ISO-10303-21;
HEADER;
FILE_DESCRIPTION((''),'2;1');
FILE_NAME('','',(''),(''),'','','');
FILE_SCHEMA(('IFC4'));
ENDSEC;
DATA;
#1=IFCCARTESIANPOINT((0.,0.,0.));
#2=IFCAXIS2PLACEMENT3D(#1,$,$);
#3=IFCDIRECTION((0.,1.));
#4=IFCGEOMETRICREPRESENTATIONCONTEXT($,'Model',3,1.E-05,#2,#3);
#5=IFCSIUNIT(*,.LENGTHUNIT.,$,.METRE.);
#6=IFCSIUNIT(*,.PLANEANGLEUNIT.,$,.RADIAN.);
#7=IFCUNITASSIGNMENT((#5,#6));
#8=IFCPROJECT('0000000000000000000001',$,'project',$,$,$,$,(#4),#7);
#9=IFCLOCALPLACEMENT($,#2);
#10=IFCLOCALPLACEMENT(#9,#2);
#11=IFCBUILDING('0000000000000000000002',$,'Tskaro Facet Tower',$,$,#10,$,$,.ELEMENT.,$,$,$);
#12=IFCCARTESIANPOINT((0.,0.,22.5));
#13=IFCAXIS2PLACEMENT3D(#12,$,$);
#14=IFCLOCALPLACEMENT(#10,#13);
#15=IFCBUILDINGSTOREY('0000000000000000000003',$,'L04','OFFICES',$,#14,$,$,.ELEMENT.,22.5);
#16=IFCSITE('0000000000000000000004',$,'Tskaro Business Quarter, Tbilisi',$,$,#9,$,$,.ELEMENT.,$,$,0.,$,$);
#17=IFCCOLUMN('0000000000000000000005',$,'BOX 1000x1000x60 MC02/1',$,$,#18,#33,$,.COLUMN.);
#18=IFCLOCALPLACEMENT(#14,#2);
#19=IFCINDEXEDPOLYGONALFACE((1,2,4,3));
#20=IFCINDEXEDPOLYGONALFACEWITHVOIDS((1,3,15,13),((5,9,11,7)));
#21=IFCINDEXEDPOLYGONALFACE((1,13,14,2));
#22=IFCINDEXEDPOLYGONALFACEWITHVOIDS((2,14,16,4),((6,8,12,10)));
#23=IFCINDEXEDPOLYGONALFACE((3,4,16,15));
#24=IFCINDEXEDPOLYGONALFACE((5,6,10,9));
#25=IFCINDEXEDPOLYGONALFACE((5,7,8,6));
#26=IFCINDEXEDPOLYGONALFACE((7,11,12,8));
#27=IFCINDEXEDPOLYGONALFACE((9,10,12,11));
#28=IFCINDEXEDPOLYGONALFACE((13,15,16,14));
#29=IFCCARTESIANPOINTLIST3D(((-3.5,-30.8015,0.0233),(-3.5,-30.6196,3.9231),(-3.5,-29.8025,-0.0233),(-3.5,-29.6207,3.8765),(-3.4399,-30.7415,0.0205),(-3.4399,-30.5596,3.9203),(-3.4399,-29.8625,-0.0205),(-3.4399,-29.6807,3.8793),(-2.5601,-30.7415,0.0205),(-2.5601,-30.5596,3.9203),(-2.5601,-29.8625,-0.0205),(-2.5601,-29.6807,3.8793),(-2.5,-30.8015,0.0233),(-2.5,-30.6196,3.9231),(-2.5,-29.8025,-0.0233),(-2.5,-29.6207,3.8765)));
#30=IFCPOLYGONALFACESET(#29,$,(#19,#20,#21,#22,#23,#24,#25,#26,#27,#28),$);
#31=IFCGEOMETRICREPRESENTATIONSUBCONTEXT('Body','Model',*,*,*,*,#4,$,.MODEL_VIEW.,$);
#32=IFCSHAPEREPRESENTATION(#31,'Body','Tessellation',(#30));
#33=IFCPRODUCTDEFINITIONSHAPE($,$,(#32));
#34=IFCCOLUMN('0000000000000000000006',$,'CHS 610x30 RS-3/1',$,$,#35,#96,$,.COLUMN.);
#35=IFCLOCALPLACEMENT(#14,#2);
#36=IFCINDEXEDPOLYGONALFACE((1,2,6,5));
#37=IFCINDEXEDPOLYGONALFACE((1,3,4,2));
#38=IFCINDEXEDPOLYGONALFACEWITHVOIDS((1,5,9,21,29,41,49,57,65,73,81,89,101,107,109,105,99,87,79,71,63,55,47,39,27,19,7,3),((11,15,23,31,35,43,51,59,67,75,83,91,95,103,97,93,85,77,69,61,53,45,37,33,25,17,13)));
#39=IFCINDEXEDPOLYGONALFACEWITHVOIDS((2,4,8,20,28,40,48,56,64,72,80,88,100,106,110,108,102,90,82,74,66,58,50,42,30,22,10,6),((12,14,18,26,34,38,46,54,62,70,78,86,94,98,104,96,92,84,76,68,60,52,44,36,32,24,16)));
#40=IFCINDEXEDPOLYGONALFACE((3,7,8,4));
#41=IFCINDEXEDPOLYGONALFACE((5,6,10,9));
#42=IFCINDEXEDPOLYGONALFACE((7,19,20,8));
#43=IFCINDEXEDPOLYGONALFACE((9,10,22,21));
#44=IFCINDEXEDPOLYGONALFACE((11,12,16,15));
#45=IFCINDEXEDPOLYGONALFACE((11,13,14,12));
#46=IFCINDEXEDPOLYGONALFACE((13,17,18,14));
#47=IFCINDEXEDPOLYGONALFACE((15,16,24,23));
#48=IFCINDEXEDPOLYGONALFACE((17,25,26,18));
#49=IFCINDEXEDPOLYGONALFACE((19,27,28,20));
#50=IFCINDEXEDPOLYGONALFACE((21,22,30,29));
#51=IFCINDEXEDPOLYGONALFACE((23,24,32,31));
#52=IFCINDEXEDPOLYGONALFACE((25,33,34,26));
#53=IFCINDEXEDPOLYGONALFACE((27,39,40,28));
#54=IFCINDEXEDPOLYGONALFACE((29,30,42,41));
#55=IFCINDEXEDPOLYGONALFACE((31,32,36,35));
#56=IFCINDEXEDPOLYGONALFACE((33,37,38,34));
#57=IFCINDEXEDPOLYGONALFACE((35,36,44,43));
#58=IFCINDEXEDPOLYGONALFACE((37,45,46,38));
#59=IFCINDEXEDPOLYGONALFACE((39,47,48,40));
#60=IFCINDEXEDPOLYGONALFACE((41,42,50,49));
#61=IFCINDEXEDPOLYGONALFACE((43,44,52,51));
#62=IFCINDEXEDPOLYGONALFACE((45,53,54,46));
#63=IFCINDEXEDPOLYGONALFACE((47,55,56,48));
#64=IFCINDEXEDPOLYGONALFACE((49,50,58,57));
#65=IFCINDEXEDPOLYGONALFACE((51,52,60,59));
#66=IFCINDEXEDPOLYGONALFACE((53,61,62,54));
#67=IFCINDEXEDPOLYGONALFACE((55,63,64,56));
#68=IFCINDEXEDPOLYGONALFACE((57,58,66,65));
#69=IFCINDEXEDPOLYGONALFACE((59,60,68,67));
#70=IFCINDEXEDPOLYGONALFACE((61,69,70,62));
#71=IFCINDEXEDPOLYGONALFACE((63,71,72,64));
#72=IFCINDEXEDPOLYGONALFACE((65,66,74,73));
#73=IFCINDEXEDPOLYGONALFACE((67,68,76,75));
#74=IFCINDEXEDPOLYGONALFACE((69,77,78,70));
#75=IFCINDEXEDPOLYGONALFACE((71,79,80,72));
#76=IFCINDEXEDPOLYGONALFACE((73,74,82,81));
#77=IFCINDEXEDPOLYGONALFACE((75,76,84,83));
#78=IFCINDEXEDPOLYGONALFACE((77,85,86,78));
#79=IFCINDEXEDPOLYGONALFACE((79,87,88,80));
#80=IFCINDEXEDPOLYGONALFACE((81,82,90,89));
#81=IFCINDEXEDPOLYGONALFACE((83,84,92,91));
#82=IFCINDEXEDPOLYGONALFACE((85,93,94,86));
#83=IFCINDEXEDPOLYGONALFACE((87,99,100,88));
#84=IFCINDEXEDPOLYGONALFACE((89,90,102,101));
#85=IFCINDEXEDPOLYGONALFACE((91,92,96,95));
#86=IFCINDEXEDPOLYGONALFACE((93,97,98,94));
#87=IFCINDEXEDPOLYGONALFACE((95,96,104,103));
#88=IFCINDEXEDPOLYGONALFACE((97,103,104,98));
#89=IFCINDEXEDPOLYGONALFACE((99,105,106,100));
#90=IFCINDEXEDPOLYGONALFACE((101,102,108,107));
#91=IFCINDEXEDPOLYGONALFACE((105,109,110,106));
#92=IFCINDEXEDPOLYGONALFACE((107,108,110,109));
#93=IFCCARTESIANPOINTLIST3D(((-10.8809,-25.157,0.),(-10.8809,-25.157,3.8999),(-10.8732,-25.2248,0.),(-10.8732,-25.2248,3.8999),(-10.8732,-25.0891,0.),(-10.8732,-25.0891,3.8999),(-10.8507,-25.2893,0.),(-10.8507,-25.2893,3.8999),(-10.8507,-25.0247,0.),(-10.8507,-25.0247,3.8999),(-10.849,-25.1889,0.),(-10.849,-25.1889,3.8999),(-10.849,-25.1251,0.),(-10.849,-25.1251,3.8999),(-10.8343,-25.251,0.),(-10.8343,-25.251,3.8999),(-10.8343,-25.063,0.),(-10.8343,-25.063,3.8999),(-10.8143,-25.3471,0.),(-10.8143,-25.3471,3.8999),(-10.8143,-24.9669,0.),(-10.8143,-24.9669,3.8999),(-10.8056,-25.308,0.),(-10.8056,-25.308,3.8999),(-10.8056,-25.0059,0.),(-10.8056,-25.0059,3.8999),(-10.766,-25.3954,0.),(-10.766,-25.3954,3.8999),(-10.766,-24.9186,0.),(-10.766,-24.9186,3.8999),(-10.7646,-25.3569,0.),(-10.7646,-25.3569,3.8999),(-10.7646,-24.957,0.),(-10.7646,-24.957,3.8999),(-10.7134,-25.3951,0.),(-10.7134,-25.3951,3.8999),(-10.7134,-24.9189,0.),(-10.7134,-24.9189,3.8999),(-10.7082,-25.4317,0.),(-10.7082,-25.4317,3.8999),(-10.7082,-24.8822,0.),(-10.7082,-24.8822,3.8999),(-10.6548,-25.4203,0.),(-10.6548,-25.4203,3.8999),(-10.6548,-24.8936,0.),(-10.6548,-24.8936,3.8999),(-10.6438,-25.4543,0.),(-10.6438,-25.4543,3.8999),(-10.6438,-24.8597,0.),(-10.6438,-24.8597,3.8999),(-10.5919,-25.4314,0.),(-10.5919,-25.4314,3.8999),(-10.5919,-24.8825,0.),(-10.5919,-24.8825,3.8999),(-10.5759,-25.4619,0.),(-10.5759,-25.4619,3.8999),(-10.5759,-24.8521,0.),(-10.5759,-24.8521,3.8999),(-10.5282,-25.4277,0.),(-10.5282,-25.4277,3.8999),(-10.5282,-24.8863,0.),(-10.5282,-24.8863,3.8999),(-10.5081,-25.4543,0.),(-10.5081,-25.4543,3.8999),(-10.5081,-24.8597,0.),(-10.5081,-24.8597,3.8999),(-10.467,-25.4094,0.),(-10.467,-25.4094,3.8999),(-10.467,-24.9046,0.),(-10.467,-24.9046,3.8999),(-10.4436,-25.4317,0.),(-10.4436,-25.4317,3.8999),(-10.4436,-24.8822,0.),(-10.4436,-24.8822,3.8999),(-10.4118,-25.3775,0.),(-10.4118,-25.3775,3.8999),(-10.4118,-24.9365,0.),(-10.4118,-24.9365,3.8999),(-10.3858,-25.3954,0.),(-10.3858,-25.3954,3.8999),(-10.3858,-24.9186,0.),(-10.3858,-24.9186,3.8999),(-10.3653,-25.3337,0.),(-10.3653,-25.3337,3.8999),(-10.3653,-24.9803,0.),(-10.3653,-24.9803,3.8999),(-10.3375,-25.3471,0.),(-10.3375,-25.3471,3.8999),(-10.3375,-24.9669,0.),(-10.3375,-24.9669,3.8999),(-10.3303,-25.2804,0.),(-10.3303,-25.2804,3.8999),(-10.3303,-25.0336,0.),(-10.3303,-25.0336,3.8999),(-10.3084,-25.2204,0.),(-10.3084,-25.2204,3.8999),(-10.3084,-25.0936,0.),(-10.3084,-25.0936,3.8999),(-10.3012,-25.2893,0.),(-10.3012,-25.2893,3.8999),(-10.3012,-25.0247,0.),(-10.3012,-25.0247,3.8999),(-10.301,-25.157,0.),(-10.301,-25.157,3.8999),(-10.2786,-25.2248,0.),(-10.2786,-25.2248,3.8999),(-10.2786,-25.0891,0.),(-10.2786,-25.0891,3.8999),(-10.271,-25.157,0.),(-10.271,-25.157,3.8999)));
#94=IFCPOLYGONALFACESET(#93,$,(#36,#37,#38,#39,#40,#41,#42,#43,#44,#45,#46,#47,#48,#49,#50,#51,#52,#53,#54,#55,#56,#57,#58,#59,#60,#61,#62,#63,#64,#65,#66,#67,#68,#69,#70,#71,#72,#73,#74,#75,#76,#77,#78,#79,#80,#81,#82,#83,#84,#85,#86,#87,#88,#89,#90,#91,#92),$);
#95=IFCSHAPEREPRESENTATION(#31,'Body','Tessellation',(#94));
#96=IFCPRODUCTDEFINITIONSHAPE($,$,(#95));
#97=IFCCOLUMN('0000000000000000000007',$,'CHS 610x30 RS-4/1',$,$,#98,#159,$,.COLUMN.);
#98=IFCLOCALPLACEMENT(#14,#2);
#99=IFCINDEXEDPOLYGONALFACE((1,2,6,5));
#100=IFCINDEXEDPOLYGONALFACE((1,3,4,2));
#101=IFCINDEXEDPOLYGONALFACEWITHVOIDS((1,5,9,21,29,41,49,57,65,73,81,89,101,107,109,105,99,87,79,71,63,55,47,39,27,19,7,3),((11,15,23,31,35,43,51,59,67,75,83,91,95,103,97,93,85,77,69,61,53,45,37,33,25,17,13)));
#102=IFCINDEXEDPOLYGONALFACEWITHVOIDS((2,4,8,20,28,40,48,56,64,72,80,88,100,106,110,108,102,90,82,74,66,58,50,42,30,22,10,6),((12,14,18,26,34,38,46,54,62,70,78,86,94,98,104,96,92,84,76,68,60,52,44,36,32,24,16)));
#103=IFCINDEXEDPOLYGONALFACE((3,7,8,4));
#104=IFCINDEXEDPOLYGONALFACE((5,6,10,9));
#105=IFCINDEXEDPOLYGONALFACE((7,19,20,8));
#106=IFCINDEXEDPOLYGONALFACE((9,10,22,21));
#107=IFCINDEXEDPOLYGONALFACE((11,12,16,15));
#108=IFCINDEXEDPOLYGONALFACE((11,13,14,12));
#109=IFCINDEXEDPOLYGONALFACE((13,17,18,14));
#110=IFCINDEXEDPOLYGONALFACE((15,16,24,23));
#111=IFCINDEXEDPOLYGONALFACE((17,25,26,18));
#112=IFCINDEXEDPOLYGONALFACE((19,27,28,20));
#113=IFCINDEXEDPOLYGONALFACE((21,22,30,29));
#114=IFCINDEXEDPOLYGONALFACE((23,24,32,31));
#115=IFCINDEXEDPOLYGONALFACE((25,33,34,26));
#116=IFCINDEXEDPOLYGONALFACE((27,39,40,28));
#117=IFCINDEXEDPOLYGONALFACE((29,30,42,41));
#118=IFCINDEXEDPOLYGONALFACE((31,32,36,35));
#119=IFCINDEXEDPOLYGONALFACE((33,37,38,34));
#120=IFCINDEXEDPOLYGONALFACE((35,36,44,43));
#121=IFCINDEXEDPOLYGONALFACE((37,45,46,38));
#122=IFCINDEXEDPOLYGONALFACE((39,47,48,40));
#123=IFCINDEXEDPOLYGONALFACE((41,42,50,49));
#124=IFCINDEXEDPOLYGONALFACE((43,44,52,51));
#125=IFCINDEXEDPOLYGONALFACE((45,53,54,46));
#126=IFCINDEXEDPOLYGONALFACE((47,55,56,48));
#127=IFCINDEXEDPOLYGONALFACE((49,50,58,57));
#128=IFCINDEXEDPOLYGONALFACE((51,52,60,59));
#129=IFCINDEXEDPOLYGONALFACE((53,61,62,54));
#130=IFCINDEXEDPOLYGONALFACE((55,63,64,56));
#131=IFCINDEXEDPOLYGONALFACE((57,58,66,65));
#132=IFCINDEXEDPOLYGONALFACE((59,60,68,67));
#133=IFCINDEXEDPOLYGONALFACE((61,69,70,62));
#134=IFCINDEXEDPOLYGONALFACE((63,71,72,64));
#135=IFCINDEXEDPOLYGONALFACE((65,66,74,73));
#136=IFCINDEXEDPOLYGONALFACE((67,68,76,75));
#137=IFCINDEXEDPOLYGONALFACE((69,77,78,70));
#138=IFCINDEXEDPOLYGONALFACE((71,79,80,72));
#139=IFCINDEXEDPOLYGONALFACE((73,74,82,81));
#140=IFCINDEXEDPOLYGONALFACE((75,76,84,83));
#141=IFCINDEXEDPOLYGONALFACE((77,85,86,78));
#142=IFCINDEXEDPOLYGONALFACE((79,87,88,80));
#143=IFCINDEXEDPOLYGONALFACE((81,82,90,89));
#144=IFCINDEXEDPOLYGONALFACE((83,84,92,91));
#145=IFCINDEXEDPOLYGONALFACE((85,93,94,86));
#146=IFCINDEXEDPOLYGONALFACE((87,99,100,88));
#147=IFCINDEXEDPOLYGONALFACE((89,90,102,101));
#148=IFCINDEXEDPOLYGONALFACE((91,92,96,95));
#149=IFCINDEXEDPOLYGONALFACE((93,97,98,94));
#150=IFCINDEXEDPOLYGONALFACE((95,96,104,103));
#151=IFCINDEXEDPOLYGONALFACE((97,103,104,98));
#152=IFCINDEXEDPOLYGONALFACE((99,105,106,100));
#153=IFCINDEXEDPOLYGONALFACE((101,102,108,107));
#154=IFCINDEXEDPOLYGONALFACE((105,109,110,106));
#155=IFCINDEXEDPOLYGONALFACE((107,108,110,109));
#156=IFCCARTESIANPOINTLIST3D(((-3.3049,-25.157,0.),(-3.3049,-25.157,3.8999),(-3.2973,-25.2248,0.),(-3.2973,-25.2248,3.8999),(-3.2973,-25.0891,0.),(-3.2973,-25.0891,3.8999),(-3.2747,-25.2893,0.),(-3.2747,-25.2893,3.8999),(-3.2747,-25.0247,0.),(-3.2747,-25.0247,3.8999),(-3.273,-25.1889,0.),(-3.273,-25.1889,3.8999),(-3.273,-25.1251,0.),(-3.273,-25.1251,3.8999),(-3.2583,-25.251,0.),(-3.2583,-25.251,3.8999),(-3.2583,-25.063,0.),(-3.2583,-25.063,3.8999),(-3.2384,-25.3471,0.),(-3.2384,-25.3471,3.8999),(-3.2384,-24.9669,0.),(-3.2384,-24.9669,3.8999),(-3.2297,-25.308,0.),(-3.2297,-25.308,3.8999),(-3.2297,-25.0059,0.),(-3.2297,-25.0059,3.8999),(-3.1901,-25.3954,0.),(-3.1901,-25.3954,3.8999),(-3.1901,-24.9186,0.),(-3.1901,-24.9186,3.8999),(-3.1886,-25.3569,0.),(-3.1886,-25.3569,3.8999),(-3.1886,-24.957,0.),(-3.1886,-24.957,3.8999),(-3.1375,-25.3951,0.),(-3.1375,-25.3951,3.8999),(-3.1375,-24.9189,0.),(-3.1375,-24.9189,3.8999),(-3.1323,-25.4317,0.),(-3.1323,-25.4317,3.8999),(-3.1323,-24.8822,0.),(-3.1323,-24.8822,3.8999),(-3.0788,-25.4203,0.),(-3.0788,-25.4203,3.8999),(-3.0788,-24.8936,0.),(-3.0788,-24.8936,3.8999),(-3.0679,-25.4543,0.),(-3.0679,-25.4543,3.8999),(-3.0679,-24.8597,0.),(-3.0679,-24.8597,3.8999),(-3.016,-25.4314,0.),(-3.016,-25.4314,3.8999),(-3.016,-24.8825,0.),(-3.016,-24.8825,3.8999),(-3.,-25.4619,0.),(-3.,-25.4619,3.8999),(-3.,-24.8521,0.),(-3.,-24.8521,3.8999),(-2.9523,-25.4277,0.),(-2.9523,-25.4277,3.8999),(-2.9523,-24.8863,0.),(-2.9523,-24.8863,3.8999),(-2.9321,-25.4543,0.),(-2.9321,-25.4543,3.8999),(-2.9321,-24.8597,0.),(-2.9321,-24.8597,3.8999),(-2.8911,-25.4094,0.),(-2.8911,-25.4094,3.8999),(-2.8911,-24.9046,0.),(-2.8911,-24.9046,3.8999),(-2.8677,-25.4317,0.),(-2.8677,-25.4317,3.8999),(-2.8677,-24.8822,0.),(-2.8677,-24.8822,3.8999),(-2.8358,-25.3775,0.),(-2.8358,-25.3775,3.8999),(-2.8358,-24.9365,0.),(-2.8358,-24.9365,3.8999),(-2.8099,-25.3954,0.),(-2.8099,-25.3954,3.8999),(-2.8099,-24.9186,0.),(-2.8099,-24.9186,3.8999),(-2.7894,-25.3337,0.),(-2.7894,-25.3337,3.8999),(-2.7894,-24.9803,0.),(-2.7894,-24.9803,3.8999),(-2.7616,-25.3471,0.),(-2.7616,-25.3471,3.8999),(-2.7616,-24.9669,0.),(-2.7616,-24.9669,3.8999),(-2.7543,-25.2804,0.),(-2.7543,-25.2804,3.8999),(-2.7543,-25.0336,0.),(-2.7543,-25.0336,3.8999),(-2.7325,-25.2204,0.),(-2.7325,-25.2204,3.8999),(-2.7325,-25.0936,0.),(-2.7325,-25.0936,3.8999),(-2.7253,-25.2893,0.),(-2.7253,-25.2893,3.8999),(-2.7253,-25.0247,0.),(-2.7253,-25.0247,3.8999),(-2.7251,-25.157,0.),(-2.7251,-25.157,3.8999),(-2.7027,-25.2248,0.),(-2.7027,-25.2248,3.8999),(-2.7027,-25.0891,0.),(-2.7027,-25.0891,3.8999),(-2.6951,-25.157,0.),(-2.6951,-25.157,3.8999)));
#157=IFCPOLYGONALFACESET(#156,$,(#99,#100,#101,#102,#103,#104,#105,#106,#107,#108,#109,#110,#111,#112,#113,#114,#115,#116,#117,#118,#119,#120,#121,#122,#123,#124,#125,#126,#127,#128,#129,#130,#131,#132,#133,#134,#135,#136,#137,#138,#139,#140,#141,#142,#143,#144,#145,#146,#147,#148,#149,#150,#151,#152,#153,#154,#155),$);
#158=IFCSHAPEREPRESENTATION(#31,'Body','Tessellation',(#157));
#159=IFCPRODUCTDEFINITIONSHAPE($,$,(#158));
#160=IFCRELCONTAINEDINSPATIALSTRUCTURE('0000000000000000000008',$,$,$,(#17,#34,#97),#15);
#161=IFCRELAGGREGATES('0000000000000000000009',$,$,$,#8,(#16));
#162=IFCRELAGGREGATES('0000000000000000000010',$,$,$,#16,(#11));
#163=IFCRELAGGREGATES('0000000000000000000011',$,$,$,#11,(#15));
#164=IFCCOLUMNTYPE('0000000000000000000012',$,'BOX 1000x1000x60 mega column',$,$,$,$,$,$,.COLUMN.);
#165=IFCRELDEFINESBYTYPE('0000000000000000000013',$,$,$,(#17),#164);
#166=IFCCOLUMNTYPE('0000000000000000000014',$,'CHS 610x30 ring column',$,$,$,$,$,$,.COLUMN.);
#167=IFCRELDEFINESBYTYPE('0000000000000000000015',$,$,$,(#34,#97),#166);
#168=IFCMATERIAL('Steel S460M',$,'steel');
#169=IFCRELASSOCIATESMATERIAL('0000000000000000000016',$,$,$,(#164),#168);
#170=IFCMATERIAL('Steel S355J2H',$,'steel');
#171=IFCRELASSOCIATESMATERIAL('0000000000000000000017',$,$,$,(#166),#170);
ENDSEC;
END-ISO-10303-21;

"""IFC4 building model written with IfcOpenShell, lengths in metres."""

from ifc_helpers import new_model, si_unit, direction, frame, origin, origin_2d, place, context, subcontext, project, spatial, hollow_rectangle, hollow_circle, extrude, material, material_profile, profile_set, type_object, element, save


model = new_model("IFC4")

# Units and contexts
model_context = context("Model", 3, precision=1e-05, world=origin(), true_north=direction((0.0, 1.0)))
body_context = subcontext(model_context, "Body", "Model", "MODEL_VIEW")
ifc_project = project(units=[si_unit("LENGTHUNIT", "METRE"), si_unit("PLANEANGLEUNIT", "RADIAN")], contexts=[model_context])

# Site, building, storey
site_placement = place(None, origin())
site = spatial("IfcSite", under=ifc_project, at=site_placement, Name="Tskaro Business Quarter, Tbilisi", CompositionType="ELEMENT", RefElevation=0.0)
building_placement = place(site_placement, origin())
building = spatial("IfcBuilding", under=site, at=building_placement, Name="Tskaro Facet Tower", CompositionType="ELEMENT")
storey_placement = place(building_placement, frame((0.0, 0.0, 22.5)))
storey = spatial("IfcBuildingStorey", under=building, at=storey_placement, Name="L04", Description="OFFICES", CompositionType="ELEMENT", Elevation=22.5)

# Columns
ifc_material_1 = material(Name="Steel S460M", Category="steel")
ifc_material_profile_1 = material_profile(ifc_material_1, hollow_rectangle(XDim=1.0, YDim=1.0, WallThickness=0.0601, at=origin_2d()), Name="BOX 1000x1000x60")
ifc_profile_set_1 = profile_set([ifc_material_profile_1], Name="Steel S460M")
column_type_1 = type_object("IfcColumnType", Name="BOX 1000x1000x60 mega column", PredefinedType="COLUMN", material=ifc_profile_set_1)
column_1_placement = place(storey_placement, frame((-3.0, -30.302, 0.0), z_axis=(0.0, 0.046588, 0.998914), x_axis=(-1.0, 0.0, 0.0)))
element("IfcColumn", 1, at=column_1_placement, inside=storey, type_object=column_type_1, Name="BOX 1000x1000x60 MC02/1", PredefinedType="COLUMN", context=body_context, shape_type="SweptSolid", body=[
    extrude(hollow_rectangle(XDim=1.0, YDim=1.0, WallThickness=0.0601, at=origin_2d()), origin(), (0.0, 0.0, 1.0), 3.9041),
])
ifc_material_2 = material(Name="Steel S355J2H", Category="steel")
ifc_material_profile_2 = material_profile(ifc_material_2, hollow_circle(Radius=0.3049, WallThickness=0.03, at=origin_2d()), Name="CHS 610x30")
ifc_profile_set_2 = profile_set([ifc_material_profile_2], Name="Steel S355J2H")
column_type_2 = type_object("IfcColumnType", Name="CHS 610x30 ring column", PredefinedType="COLUMN", material=ifc_profile_set_2)
for number, where, z_axis, x_axis, name in (
    (2, (-10.5759, -25.157, 0.0), (0.0, 0.0, 1.0), (1.0, 0.0, 0.0), "CHS 610x30 RS-3/1"),
    (3, (-3.0, -25.157, 0.0), (0.0, 0.0, 1.0), (1.0, 0.0, 0.0), "CHS 610x30 RS-4/1"),
):
    element("IfcColumn", number, at=place(storey_placement, frame(where, z_axis=z_axis, x_axis=x_axis)), inside=storey, type_object=column_type_2, Name=name, PredefinedType="COLUMN", context=body_context, shape_type="SweptSolid", body=[
        extrude(hollow_circle(Radius=0.3049, WallThickness=0.03, at=origin_2d()), origin(), (0.0, 0.0, 1.0), 3.8999),
    ])

save(model, "model.ifc")
